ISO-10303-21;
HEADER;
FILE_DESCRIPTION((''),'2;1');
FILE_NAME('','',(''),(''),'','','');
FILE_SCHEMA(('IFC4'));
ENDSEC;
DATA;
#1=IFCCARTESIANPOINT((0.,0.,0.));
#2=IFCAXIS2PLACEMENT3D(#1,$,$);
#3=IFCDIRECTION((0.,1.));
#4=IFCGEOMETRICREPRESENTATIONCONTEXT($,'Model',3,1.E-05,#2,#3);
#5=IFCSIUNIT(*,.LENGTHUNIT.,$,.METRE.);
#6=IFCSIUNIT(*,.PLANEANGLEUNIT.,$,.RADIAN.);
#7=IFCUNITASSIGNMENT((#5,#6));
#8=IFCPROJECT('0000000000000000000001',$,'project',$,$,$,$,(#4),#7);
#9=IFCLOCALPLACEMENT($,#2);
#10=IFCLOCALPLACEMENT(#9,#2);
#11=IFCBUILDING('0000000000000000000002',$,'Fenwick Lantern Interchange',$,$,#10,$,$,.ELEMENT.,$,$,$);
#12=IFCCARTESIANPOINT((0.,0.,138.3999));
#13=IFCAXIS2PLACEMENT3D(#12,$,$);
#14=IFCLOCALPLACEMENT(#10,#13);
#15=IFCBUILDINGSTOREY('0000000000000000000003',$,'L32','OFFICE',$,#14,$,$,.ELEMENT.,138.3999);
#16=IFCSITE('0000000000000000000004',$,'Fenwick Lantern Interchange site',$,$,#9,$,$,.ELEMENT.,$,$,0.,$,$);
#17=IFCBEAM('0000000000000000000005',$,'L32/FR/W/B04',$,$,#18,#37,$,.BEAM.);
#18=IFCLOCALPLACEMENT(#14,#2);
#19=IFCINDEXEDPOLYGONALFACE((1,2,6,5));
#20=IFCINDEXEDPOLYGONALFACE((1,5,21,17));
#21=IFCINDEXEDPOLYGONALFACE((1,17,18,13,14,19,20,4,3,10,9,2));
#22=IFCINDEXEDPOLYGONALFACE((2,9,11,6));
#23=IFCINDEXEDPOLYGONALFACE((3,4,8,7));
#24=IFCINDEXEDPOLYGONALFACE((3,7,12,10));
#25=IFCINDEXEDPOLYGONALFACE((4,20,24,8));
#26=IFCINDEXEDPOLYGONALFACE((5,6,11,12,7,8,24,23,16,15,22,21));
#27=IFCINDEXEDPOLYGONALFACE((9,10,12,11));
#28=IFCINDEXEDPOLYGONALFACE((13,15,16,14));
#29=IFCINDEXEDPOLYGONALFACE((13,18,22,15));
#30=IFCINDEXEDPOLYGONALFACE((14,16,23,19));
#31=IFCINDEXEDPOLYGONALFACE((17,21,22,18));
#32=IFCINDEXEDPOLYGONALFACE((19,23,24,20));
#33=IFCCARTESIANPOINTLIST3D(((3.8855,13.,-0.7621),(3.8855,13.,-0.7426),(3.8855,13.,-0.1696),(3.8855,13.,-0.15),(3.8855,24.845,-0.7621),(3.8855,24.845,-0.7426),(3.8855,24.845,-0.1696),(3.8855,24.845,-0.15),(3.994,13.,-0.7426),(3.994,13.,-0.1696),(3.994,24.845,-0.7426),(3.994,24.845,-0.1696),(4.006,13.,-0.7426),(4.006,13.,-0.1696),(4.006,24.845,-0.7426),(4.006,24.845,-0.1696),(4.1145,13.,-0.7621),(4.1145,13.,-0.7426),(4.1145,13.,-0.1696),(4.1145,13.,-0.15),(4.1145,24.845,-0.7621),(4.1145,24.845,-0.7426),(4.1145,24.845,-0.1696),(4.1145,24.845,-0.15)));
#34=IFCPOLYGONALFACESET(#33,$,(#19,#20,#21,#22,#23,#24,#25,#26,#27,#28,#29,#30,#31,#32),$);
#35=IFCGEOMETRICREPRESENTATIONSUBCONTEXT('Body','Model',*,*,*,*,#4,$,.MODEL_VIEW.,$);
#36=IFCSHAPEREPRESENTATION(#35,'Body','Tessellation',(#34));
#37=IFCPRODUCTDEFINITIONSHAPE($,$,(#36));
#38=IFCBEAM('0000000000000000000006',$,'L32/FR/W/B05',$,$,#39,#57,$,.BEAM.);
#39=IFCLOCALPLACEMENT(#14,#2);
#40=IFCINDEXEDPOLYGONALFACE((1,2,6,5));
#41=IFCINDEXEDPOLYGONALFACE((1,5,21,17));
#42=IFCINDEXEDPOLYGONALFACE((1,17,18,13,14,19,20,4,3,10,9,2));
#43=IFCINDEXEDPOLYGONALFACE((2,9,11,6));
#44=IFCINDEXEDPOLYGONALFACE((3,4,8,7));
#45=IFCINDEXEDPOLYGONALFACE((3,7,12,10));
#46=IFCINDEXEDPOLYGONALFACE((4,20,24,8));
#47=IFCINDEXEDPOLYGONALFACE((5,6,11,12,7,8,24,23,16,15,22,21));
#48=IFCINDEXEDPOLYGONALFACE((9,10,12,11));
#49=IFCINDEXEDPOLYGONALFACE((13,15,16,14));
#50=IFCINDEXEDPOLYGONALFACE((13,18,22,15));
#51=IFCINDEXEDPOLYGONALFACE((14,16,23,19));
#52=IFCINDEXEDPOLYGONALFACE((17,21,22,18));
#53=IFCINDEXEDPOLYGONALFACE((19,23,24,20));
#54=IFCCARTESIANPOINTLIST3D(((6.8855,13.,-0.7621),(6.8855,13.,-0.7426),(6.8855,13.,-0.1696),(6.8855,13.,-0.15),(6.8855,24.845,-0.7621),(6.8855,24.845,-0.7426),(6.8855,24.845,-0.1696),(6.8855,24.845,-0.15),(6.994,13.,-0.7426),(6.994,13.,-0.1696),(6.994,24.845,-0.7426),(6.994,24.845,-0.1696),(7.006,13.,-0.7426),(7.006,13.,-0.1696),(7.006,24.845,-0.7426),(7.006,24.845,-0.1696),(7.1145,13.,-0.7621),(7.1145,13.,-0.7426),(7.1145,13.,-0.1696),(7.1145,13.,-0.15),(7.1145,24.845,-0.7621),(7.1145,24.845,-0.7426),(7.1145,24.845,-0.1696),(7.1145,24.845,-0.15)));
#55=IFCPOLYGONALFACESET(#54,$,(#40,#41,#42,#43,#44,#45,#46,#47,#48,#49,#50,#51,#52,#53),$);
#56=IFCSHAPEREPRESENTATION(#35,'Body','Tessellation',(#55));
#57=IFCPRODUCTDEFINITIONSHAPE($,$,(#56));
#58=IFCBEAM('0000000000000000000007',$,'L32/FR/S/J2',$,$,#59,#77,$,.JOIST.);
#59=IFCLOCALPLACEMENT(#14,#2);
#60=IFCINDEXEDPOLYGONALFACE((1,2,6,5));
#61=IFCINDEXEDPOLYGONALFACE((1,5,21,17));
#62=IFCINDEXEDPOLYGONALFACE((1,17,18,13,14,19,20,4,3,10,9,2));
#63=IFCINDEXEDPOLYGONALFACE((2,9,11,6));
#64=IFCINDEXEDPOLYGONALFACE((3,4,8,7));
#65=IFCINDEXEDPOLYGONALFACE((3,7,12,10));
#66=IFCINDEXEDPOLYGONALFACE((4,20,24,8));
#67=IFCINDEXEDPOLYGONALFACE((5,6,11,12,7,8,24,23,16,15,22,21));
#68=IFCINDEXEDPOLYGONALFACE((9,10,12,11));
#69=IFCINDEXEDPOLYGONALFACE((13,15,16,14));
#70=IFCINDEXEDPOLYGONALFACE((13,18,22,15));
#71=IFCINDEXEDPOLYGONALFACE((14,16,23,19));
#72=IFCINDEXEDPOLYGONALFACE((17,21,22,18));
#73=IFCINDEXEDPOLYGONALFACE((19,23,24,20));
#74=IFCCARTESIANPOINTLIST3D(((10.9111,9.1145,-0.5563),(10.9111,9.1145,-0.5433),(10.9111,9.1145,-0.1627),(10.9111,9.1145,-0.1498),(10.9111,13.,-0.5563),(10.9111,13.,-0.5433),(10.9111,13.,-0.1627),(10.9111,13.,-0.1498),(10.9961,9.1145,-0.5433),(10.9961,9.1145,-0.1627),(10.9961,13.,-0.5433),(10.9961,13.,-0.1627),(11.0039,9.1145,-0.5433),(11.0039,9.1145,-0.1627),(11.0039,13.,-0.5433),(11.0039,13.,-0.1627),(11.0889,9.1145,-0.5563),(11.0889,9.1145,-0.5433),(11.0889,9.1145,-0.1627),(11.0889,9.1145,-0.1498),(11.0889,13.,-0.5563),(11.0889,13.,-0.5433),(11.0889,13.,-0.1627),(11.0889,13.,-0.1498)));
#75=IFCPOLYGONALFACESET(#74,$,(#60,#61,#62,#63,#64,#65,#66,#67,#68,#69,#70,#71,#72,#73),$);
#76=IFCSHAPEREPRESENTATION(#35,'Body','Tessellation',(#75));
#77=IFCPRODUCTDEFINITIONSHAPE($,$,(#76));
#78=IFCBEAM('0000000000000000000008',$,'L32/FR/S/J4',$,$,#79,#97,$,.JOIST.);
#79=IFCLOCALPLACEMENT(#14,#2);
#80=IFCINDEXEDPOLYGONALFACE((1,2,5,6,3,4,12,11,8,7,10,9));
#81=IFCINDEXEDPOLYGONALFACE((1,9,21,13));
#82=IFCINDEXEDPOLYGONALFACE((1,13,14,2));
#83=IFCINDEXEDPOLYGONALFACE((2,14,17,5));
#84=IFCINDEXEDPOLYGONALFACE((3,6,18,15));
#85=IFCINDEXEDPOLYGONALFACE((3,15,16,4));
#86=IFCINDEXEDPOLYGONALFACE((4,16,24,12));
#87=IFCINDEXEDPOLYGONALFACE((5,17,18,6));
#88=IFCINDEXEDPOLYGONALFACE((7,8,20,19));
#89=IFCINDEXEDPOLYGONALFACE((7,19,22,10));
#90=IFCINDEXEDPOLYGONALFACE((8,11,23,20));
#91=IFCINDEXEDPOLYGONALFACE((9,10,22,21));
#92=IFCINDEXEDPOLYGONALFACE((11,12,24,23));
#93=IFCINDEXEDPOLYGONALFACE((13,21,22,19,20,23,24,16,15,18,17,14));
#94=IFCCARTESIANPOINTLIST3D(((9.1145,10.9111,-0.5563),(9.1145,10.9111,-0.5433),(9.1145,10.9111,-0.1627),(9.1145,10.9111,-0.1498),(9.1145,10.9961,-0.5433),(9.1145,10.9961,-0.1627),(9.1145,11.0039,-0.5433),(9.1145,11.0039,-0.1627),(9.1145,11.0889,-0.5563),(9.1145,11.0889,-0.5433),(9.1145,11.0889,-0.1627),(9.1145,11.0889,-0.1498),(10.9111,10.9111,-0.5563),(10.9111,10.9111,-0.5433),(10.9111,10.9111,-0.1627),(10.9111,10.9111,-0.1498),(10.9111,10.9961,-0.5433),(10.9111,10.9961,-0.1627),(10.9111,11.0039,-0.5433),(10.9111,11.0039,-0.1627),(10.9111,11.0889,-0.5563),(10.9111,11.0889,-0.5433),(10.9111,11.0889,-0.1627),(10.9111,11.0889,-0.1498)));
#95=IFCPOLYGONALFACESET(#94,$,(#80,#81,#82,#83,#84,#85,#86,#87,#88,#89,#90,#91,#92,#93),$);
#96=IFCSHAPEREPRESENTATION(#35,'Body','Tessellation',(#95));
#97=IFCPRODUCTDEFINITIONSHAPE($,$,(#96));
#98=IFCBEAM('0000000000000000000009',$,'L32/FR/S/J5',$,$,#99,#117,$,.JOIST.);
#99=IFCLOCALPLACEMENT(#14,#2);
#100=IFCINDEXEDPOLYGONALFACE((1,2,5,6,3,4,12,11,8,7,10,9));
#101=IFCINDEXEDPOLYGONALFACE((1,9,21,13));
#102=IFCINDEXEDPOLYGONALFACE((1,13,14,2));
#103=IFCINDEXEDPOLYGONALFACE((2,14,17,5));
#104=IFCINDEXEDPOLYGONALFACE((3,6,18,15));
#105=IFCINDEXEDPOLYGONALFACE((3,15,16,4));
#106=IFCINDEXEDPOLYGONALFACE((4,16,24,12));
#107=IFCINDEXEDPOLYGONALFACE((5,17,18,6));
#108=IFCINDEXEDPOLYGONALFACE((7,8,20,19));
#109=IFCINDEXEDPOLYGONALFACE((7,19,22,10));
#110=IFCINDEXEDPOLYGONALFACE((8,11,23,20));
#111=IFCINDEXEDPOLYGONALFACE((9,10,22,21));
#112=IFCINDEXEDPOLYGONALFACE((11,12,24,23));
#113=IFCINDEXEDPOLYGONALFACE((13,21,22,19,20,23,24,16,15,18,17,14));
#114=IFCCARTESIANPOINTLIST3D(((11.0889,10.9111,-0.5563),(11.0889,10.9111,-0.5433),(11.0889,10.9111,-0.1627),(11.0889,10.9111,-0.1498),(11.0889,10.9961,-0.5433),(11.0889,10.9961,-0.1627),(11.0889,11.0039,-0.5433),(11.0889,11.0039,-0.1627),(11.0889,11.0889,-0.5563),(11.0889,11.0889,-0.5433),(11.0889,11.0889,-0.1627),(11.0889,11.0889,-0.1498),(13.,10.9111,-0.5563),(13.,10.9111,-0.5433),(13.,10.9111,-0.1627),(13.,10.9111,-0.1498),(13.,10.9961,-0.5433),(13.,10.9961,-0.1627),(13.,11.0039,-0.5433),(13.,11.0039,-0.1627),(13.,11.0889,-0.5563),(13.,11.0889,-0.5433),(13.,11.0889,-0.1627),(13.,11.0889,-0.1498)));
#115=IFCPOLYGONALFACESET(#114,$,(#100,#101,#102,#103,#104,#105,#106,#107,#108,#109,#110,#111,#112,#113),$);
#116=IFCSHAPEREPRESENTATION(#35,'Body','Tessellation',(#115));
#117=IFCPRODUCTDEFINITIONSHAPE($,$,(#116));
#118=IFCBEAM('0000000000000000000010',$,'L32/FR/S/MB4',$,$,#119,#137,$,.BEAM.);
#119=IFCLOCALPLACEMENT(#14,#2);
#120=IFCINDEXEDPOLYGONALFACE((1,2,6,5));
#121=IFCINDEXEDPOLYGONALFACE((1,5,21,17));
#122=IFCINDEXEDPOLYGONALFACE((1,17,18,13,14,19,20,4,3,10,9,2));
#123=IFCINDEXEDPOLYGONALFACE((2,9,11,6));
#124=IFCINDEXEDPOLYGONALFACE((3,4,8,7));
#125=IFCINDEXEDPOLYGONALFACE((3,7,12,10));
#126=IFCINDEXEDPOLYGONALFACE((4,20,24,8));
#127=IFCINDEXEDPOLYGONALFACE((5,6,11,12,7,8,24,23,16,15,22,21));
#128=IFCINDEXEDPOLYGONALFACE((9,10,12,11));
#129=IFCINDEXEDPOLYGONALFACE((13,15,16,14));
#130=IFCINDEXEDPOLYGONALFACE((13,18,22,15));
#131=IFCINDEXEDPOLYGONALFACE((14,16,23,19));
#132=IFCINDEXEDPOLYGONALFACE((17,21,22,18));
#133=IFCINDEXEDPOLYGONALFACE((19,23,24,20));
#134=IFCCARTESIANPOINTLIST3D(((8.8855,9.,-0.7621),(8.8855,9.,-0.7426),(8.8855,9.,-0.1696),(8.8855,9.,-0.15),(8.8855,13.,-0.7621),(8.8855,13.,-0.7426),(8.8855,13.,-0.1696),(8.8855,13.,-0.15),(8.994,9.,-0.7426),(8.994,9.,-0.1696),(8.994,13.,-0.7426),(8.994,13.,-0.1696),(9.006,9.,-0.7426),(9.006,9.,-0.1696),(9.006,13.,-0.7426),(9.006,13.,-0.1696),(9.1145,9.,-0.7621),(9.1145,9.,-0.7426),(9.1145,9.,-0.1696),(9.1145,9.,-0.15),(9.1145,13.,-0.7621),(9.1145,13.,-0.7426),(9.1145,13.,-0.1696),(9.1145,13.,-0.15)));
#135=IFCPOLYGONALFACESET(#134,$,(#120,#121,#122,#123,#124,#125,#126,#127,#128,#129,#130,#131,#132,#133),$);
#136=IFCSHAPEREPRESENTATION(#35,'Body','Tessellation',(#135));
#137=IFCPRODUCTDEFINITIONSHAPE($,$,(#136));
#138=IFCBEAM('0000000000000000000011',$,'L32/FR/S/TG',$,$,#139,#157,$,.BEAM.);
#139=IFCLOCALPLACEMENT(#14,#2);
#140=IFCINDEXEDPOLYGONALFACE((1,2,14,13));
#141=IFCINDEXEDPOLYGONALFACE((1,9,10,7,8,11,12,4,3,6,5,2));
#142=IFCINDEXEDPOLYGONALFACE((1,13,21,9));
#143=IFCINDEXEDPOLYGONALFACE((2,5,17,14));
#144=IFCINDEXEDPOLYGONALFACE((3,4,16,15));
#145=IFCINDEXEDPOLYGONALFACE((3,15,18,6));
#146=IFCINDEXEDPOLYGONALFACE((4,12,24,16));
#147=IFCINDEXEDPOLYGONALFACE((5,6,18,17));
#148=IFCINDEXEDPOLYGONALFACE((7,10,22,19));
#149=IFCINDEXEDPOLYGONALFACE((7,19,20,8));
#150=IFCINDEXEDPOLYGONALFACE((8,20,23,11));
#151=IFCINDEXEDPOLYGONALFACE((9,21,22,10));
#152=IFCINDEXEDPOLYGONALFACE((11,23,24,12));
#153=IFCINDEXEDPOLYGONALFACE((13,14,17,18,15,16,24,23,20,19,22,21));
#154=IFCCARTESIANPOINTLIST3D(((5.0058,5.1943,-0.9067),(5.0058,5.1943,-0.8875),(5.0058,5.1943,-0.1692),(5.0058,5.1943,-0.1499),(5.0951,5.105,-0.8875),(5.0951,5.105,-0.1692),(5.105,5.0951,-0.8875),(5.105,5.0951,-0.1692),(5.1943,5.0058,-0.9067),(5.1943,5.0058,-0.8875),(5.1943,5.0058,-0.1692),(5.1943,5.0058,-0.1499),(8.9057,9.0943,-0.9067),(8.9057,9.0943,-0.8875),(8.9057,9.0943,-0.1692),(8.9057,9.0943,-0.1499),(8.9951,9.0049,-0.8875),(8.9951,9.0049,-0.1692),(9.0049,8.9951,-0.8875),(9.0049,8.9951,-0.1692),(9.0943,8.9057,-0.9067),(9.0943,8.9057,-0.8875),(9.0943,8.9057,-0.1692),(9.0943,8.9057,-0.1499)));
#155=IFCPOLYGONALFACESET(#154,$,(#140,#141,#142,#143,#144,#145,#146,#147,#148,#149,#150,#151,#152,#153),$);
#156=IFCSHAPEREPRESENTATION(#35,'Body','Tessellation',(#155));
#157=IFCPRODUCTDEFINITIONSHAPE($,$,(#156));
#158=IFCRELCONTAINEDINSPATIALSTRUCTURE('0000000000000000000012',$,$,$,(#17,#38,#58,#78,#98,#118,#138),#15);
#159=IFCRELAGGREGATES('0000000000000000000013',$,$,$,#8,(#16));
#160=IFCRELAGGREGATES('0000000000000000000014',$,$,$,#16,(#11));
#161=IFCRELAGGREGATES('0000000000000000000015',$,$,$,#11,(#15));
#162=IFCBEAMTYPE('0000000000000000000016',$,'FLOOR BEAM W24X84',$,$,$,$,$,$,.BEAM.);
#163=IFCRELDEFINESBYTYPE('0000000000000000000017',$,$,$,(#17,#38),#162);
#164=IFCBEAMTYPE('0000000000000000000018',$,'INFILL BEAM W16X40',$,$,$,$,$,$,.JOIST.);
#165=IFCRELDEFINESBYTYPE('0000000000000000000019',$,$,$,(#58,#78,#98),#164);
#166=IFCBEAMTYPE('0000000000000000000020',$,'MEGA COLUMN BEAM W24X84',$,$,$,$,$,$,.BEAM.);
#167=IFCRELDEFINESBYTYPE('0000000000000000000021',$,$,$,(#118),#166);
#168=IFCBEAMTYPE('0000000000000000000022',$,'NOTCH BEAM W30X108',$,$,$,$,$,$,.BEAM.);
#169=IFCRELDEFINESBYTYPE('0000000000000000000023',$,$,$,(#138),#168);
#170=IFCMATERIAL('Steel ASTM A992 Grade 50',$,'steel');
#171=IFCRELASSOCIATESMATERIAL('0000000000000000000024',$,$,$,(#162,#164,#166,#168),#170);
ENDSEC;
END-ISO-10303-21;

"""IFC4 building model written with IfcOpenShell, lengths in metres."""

from ifc_helpers import new_model, si_unit, direction, frame, origin, origin_2d, place, context, subcontext, project, spatial, i_section, extrude, material, material_profile, profile_set, type_object, element, save


model = new_model("IFC4")

# Units and contexts
model_context = context("Model", 3, precision=1e-05, world=origin(), true_north=direction((0.0, 1.0)))
body_context = subcontext(model_context, "Body", "Model", "MODEL_VIEW")
ifc_project = project(units=[si_unit("LENGTHUNIT", "METRE"), si_unit("PLANEANGLEUNIT", "RADIAN")], contexts=[model_context])

# Site, building, storey
site_placement = place(None, origin())
site = spatial("IfcSite", under=ifc_project, at=site_placement, Name="Fenwick Lantern Interchange site", CompositionType="ELEMENT", RefElevation=0.0)
building_placement = place(site_placement, origin())
building = spatial("IfcBuilding", under=site, at=building_placement, Name="Fenwick Lantern Interchange", CompositionType="ELEMENT")
storey_placement = place(building_placement, frame((0.0, 0.0, 138.3999)))
storey = spatial("IfcBuildingStorey", under=building, at=storey_placement, Name="L32", Description="OFFICE", CompositionType="ELEMENT", Elevation=138.3999)

# Beams
ifc_material_1 = material(Name="Steel ASTM A992 Grade 50", Category="steel")
ifc_material_profile_1 = material_profile(ifc_material_1, i_section(OverallWidth=0.229, OverallDepth=0.6121, WebThickness=0.012, FlangeThickness=0.0195, at=origin_2d()), Name="W24X84")
ifc_profile_set_1 = profile_set([ifc_material_profile_1], Name="Steel ASTM A992 Grade 50")
beam_type_1 = type_object("IfcBeamType", Name="FLOOR BEAM W24X84", PredefinedType="BEAM", material=ifc_profile_set_1)
for number, where, z_axis, x_axis, name in (
    (1, (4.0, 24.845, -0.4561), (0.0, -1.0, 0.0), (1.0, 0.0, 0.0), "L32/FR/W/B04"),
    (2, (7.0, 24.845, -0.4561), (0.0, -1.0, 0.0), (1.0, 0.0, 0.0), "L32/FR/W/B05"),
):
    element("IfcBeam", number, at=place(storey_placement, frame(where, z_axis=z_axis, x_axis=x_axis)), inside=storey, type_object=beam_type_1, Name=name, PredefinedType="BEAM", context=body_context, shape_type="SweptSolid", body=[
        extrude(i_section(OverallWidth=0.229, OverallDepth=0.6121, WebThickness=0.012, FlangeThickness=0.0195, at=origin_2d()), origin(), (0.0, 0.0, 1.0), 11.845),
    ])
ifc_material_profile_2 = material_profile(ifc_material_1, i_section(OverallWidth=0.1777, OverallDepth=0.4065, WebThickness=0.0078, FlangeThickness=0.0129, at=origin_2d()), Name="W16X40")
ifc_profile_set_2 = profile_set([ifc_material_profile_2], Name="Steel ASTM A992 Grade 50")
beam_type_2 = type_object("IfcBeamType", Name="INFILL BEAM W16X40", PredefinedType="JOIST", material=ifc_profile_set_2)
beam_1_placement = place(storey_placement, frame((11.0, 9.1145, -0.353), z_axis=(0.0, 1.0, 0.0), x_axis=(-1.0, 0.0, 0.0)))
element("IfcBeam", 3, at=beam_1_placement, inside=storey, type_object=beam_type_2, Name="L32/FR/S/J2", PredefinedType="JOIST", context=body_context, shape_type="SweptSolid", body=[
    extrude(i_section(OverallWidth=0.1777, OverallDepth=0.4065, WebThickness=0.0078, FlangeThickness=0.0129, at=origin_2d()), origin(), (0.0, 0.0, 1.0), 3.8855),
])
beam_2_placement = place(storey_placement, frame((9.1145, 11.0, -0.353), z_axis=(1.0, 0.0, 0.0), x_axis=(0.0, 1.0, 0.0)))
element("IfcBeam", 4, at=beam_2_placement, inside=storey, type_object=beam_type_2, Name="L32/FR/S/J4", PredefinedType="JOIST", context=body_context, shape_type="SweptSolid", body=[
    extrude(i_section(OverallWidth=0.1777, OverallDepth=0.4065, WebThickness=0.0078, FlangeThickness=0.0129, at=origin_2d()), origin(), (0.0, 0.0, 1.0), 1.7966),
])
beam_3_placement = place(storey_placement, frame((11.0889, 11.0, -0.353), z_axis=(1.0, 0.0, 0.0), x_axis=(0.0, 1.0, 0.0)))
element("IfcBeam", 5, at=beam_3_placement, inside=storey, type_object=beam_type_2, Name="L32/FR/S/J5", PredefinedType="JOIST", context=body_context, shape_type="SweptSolid", body=[
    extrude(i_section(OverallWidth=0.1777, OverallDepth=0.4065, WebThickness=0.0078, FlangeThickness=0.0129, at=origin_2d()), origin(), (0.0, 0.0, 1.0), 1.9111),
])
ifc_material_profile_3 = material_profile(ifc_material_1, i_section(OverallWidth=0.229, OverallDepth=0.6121, WebThickness=0.012, FlangeThickness=0.0195, at=origin_2d()), Name="W24X84")
ifc_profile_set_3 = profile_set([ifc_material_profile_3], Name="Steel ASTM A992 Grade 50")
beam_type_3 = type_object("IfcBeamType", Name="MEGA COLUMN BEAM W24X84", PredefinedType="BEAM", material=ifc_profile_set_3)
beam_4_placement = place(storey_placement, frame((9.0, 9.0, -0.4561), z_axis=(0.0, 1.0, 0.0), x_axis=(-1.0, 0.0, 0.0)))
element("IfcBeam", 6, at=beam_4_placement, inside=storey, type_object=beam_type_3, Name="L32/FR/S/MB4", PredefinedType="BEAM", context=body_context, shape_type="SweptSolid", body=[
    extrude(i_section(OverallWidth=0.229, OverallDepth=0.6121, WebThickness=0.012, FlangeThickness=0.0195, at=origin_2d()), origin(), (0.0, 0.0, 1.0), 4.0),
])
ifc_material_profile_4 = material_profile(ifc_material_1, i_section(OverallWidth=0.2666, OverallDepth=0.7568, WebThickness=0.0139, FlangeThickness=0.0193, at=origin_2d()), Name="W30X108")
ifc_profile_set_4 = profile_set([ifc_material_profile_4], Name="Steel ASTM A992 Grade 50")
beam_type_4 = type_object("IfcBeamType", Name="NOTCH BEAM W30X108", PredefinedType="BEAM", material=ifc_profile_set_4)
beam_5_placement = place(storey_placement, frame((9.0, 9.0, -0.5283), z_axis=(-0.707107, -0.707107, 0.0), x_axis=(0.707107, -0.707107, 0.0)))
element("IfcBeam", 7, at=beam_5_placement, inside=storey, type_object=beam_type_4, Name="L32/FR/S/TG", PredefinedType="BEAM", context=body_context, shape_type="SweptSolid", body=[
    extrude(i_section(OverallWidth=0.2666, OverallDepth=0.7568, WebThickness=0.0139, FlangeThickness=0.0193, at=origin_2d()), origin(), (0.0, 0.0, 1.0), 5.5154),
])

save(model, "model.ifc")
